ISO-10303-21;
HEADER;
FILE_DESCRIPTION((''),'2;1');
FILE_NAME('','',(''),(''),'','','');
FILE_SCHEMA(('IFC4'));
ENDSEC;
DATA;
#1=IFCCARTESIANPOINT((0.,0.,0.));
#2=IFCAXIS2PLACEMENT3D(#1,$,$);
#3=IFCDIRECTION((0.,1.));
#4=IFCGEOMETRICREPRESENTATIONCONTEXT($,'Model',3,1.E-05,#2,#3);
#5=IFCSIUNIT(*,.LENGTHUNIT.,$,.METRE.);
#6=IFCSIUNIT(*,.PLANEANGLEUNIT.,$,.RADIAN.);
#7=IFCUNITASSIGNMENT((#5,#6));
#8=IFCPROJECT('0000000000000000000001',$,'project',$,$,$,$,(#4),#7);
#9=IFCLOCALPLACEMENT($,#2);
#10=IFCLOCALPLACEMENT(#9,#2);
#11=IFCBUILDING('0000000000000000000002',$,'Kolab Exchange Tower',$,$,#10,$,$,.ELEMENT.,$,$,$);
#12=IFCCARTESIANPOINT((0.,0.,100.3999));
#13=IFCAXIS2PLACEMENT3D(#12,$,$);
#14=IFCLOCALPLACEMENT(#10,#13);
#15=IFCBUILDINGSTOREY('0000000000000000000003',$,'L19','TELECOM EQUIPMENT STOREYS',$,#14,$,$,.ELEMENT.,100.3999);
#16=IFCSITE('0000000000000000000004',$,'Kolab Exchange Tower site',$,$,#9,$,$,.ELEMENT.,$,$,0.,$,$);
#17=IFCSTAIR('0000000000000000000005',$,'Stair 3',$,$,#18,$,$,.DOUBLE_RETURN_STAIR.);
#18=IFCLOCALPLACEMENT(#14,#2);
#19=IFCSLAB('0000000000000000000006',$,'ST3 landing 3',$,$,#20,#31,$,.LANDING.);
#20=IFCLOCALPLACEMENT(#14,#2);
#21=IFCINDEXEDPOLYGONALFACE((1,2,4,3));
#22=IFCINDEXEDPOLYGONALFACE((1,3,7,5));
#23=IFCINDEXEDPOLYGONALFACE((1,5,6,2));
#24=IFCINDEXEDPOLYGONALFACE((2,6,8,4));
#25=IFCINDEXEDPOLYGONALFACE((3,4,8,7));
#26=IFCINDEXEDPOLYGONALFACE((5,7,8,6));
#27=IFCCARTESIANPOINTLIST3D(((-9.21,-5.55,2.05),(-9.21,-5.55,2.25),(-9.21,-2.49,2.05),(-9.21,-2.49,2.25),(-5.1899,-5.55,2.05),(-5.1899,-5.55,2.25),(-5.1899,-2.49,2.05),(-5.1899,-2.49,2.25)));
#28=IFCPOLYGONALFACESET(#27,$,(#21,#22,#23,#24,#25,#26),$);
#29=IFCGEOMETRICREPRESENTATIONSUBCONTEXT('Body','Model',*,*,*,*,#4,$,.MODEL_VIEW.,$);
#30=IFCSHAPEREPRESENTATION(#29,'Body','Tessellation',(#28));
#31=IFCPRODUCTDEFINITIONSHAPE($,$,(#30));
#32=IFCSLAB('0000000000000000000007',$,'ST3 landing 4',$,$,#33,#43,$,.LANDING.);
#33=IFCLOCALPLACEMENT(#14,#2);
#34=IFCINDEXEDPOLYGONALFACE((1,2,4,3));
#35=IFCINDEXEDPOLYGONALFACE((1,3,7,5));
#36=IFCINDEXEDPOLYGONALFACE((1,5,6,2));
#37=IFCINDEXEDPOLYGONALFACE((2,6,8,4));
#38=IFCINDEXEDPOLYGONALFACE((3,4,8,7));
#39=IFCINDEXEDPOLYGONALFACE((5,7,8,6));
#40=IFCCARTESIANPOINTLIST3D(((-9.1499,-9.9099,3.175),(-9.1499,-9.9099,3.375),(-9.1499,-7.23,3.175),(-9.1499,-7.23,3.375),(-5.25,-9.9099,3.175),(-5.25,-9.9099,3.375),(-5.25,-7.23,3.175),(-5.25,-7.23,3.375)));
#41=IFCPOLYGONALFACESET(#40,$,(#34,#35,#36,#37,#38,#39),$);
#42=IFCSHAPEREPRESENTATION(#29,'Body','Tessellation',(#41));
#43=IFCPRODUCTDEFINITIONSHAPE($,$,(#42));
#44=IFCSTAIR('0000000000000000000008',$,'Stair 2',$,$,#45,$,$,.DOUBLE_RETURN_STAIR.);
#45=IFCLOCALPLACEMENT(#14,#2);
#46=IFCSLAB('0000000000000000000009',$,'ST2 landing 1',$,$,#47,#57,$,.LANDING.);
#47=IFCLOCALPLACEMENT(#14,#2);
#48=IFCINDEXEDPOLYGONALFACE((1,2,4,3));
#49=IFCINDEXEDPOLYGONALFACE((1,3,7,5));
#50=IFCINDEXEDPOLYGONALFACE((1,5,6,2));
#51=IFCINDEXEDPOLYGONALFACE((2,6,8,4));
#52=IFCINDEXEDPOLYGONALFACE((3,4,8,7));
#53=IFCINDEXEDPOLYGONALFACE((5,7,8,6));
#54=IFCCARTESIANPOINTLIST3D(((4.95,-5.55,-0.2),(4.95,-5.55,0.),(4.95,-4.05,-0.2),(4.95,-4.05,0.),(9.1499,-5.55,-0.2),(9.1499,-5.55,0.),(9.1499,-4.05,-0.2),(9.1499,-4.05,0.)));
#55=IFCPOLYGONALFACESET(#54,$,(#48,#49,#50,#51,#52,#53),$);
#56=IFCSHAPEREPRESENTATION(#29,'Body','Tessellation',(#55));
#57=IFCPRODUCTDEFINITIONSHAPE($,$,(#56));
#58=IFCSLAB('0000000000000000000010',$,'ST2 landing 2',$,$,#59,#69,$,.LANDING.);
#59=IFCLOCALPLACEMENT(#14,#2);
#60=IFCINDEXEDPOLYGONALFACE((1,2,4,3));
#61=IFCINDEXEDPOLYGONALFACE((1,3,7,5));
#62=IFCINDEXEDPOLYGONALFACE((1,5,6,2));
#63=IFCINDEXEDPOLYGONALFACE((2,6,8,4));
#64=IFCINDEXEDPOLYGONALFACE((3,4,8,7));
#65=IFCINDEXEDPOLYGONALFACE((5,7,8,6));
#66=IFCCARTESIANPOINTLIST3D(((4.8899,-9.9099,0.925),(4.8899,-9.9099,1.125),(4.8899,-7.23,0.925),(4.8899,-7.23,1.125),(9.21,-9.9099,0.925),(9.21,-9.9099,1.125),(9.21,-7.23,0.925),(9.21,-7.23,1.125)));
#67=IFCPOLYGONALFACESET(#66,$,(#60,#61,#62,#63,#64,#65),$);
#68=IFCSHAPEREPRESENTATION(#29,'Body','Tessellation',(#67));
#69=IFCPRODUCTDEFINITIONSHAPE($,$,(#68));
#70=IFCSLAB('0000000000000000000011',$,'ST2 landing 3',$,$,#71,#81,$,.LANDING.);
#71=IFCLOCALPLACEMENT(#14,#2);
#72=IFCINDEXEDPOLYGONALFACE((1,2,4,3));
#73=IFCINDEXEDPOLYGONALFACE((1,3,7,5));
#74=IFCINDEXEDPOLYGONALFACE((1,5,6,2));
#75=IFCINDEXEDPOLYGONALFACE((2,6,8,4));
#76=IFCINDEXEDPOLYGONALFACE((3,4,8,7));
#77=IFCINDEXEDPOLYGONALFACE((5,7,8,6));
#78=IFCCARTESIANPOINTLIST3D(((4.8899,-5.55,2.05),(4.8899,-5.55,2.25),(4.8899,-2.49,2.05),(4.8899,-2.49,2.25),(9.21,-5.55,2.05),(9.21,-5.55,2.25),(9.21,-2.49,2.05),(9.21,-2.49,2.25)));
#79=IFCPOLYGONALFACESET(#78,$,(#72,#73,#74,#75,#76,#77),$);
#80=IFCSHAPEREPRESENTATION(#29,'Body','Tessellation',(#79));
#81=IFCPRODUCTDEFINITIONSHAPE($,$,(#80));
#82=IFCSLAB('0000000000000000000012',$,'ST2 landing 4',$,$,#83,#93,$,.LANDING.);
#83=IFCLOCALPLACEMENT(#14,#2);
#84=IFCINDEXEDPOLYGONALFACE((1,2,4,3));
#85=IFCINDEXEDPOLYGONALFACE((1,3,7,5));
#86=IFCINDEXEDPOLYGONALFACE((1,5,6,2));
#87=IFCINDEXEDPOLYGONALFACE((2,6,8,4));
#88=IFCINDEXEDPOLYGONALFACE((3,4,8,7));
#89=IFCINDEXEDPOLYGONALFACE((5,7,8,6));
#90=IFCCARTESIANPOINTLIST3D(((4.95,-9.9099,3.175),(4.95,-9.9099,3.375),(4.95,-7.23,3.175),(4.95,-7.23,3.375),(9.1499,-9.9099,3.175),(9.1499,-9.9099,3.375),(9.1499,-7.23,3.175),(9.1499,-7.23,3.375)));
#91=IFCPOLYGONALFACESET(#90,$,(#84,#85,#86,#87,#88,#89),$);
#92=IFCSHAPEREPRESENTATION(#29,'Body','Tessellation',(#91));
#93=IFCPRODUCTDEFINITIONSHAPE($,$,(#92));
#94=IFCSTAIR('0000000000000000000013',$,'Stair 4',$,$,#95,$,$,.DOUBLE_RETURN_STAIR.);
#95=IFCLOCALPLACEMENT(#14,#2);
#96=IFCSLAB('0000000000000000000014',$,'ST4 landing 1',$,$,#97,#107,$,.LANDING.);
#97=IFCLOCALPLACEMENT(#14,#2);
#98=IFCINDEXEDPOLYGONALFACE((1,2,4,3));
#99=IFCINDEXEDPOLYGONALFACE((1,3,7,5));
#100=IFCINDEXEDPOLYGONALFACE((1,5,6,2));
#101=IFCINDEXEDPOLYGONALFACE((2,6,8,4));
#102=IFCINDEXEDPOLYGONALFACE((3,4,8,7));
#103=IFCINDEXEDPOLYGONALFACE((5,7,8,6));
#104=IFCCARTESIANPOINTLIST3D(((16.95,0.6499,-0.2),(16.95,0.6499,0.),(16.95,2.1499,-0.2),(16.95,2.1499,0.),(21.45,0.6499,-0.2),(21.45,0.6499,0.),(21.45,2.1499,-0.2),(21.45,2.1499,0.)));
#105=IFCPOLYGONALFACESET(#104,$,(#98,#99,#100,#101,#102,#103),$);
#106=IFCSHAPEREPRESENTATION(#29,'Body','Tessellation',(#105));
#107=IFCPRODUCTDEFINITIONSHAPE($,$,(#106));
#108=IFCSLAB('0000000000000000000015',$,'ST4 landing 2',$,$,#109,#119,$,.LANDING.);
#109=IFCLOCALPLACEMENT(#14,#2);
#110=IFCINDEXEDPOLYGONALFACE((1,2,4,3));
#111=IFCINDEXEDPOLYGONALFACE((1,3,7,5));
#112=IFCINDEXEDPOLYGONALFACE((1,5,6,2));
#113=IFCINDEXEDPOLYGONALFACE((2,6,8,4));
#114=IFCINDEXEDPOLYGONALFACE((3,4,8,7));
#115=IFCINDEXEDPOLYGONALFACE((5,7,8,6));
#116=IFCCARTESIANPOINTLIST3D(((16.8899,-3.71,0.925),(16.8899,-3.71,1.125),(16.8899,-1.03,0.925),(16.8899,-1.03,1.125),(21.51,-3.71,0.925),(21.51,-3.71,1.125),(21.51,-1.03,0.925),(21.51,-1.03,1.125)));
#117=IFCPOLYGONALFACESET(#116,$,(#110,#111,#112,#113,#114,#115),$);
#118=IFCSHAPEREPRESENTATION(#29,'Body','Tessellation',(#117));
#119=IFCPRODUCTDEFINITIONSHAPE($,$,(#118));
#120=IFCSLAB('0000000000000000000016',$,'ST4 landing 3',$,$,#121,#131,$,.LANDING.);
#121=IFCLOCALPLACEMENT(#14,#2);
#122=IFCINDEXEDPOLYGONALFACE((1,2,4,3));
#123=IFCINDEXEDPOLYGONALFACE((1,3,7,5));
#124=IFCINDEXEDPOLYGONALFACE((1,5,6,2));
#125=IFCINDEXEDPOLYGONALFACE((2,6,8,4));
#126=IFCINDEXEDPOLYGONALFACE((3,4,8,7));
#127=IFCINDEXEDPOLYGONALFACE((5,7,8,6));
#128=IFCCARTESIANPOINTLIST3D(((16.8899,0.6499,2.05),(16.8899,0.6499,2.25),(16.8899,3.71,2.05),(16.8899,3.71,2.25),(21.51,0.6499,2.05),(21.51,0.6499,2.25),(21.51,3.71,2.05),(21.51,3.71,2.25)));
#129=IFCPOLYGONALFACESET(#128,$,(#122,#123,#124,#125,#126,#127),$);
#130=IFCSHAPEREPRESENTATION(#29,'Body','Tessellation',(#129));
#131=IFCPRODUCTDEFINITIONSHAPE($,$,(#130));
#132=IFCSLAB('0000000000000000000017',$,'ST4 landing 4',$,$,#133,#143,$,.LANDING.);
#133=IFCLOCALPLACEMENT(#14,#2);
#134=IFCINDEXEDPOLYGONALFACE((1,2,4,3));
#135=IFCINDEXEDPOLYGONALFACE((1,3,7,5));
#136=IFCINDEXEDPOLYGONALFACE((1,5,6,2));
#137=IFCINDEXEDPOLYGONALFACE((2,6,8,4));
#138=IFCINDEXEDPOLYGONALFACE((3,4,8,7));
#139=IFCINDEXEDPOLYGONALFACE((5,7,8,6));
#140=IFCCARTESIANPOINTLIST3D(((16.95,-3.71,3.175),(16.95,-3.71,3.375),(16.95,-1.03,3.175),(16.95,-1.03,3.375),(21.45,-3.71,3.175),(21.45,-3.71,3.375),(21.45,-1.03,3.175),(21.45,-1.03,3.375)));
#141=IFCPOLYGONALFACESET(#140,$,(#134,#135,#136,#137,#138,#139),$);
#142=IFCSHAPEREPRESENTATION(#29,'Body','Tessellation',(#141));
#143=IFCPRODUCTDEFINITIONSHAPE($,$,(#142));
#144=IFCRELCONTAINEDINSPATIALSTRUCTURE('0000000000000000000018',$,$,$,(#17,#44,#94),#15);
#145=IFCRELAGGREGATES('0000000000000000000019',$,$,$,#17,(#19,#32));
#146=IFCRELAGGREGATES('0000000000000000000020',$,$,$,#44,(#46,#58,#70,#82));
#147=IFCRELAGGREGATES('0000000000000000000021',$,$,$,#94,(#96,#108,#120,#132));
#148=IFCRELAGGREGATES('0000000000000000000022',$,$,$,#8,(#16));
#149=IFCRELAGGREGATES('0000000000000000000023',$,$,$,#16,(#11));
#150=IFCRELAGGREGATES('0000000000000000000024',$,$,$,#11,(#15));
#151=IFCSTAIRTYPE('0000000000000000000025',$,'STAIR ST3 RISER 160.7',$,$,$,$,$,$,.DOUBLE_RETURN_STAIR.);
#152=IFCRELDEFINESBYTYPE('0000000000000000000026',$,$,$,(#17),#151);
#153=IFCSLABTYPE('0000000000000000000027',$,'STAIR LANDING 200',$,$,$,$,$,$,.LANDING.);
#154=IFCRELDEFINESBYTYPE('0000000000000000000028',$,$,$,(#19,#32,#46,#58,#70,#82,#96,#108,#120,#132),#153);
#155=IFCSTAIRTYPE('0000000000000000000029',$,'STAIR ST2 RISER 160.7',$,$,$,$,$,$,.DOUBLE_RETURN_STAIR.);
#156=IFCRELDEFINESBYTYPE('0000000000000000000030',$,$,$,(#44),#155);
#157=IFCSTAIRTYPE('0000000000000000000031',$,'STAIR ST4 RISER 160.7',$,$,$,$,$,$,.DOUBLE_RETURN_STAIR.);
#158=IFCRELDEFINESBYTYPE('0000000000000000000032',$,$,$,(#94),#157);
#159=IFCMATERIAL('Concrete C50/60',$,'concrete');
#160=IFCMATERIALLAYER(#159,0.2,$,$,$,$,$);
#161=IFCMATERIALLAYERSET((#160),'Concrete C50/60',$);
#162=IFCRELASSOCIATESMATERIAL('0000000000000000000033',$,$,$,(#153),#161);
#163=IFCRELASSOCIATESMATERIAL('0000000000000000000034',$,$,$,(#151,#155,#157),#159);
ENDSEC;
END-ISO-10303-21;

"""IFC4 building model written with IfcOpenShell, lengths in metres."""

from ifc_helpers import new_model, si_unit, direction, frame, origin, place, context, subcontext, project, spatial, polyline, outline, extrude, material, layer, layer_set, type_object, element, aggregate, save


model = new_model("IFC4")

# Units and contexts
model_context = context("Model", 3, precision=1e-05, world=origin(), true_north=direction((0.0, 1.0)))
body_context = subcontext(model_context, "Body", "Model", "MODEL_VIEW")
ifc_project = project(units=[si_unit("LENGTHUNIT", "METRE"), si_unit("PLANEANGLEUNIT", "RADIAN")], contexts=[model_context])

# Site, building, storey
site_placement = place(None, origin())
site = spatial("IfcSite", under=ifc_project, at=site_placement, Name="Kolab Exchange Tower site", CompositionType="ELEMENT", RefElevation=0.0)
building_placement = place(site_placement, origin())
building = spatial("IfcBuilding", under=site, at=building_placement, Name="Kolab Exchange Tower", CompositionType="ELEMENT")
storey_placement = place(building_placement, frame((0.0, 0.0, 100.3999)))
storey = spatial("IfcBuildingStorey", under=building, at=storey_placement, Name="L19", Description="TELECOM EQUIPMENT STOREYS", CompositionType="ELEMENT", Elevation=100.3999)

# Stairs, slabs
ifc_material_1 = material(Name="Concrete C50/60", Category="concrete")
ifc_layer_1 = layer(ifc_material_1, 0.2)
ifc_layer_set_1 = layer_set([ifc_layer_1], Name="Concrete C50/60")
slab_type_1 = type_object("IfcSlabType", Name="STAIR LANDING 200", PredefinedType="LANDING", material=ifc_layer_set_1)
stair_type_1 = type_object("IfcStairType", Name="STAIR ST3 RISER 160.7", PredefinedType="DOUBLE_RETURN_STAIR", material=ifc_material_1)
stair_1_placement = place(storey_placement, origin())
stair_1 = element("IfcStair", 1, at=stair_1_placement, inside=storey, type_object=stair_type_1, Name="Stair 3", PredefinedType="DOUBLE_RETURN_STAIR")
slab_1_placement = place(storey_placement, frame((0.0, 0.0, 2.05)))
slab_1 = element("IfcSlab", 2, at=slab_1_placement, type_object=slab_type_1, Name="ST3 landing 3", PredefinedType="LANDING", context=body_context, shape_type="SweptSolid", body=[
    extrude(outline(polyline([(-9.21, -5.55), (-5.1899, -5.55), (-5.1899, -2.49), (-9.21, -2.49), (-9.21, -5.55)])), origin(), (0.0, 0.0, 1.0), 0.2),
])
slab_2_placement = place(storey_placement, frame((0.0, 0.0, 3.175)))
slab_2 = element("IfcSlab", 3, at=slab_2_placement, type_object=slab_type_1, Name="ST3 landing 4", PredefinedType="LANDING", context=body_context, shape_type="SweptSolid", body=[
    extrude(outline(polyline([(-9.1499, -9.9099), (-5.25, -9.9099), (-5.25, -7.23), (-9.1499, -7.23), (-9.1499, -9.9099)])), origin(), (0.0, 0.0, 1.0), 0.2),
])
aggregate(stair_1, [slab_1, slab_2])
stair_type_2 = type_object("IfcStairType", Name="STAIR ST2 RISER 160.7", PredefinedType="DOUBLE_RETURN_STAIR", material=ifc_material_1)
stair_2_placement = place(storey_placement, origin())
stair_2 = element("IfcStair", 4, at=stair_2_placement, inside=storey, type_object=stair_type_2, Name="Stair 2", PredefinedType="DOUBLE_RETURN_STAIR")
slab_3_placement = place(storey_placement, frame((0.0, 0.0, -0.2)))
slab_3 = element("IfcSlab", 5, at=slab_3_placement, type_object=slab_type_1, Name="ST2 landing 1", PredefinedType="LANDING", context=body_context, shape_type="SweptSolid", body=[
    extrude(outline(polyline([(4.95, -5.55), (9.1499, -5.55), (9.1499, -4.05), (4.95, -4.05), (4.95, -5.55)])), origin(), (0.0, 0.0, 1.0), 0.2),
])
slab_4_placement = place(storey_placement, frame((0.0, 0.0, 0.925)))
slab_4 = element("IfcSlab", 6, at=slab_4_placement, type_object=slab_type_1, Name="ST2 landing 2", PredefinedType="LANDING", context=body_context, shape_type="SweptSolid", body=[
    extrude(outline(polyline([(4.8899, -9.9099), (9.21, -9.9099), (9.21, -7.23), (4.8899, -7.23), (4.8899, -9.9099)])), origin(), (0.0, 0.0, 1.0), 0.2),
])
slab_5_placement = place(storey_placement, frame((0.0, 0.0, 2.05)))
slab_5 = element("IfcSlab", 7, at=slab_5_placement, type_object=slab_type_1, Name="ST2 landing 3", PredefinedType="LANDING", context=body_context, shape_type="SweptSolid", body=[
    extrude(outline(polyline([(4.8899, -5.55), (9.21, -5.55), (9.21, -2.49), (4.8899, -2.49), (4.8899, -5.55)])), origin(), (0.0, 0.0, 1.0), 0.2),
])
slab_6_placement = place(storey_placement, frame((0.0, 0.0, 3.175)))
slab_6 = element("IfcSlab", 8, at=slab_6_placement, type_object=slab_type_1, Name="ST2 landing 4", PredefinedType="LANDING", context=body_context, shape_type="SweptSolid", body=[
    extrude(outline(polyline([(4.95, -9.9099), (9.1499, -9.9099), (9.1499, -7.23), (4.95, -7.23), (4.95, -9.9099)])), origin(), (0.0, 0.0, 1.0), 0.2),
])
aggregate(stair_2, [slab_3, slab_4, slab_5, slab_6])
stair_type_3 = type_object("IfcStairType", Name="STAIR ST4 RISER 160.7", PredefinedType="DOUBLE_RETURN_STAIR", material=ifc_material_1)
stair_3_placement = place(storey_placement, origin())
stair_3 = element("IfcStair", 9, at=stair_3_placement, inside=storey, type_object=stair_type_3, Name="Stair 4", PredefinedType="DOUBLE_RETURN_STAIR")
slab_7_placement = place(storey_placement, frame((0.0, 0.0, -0.2)))
slab_7 = element("IfcSlab", 10, at=slab_7_placement, type_object=slab_type_1, Name="ST4 landing 1", PredefinedType="LANDING", context=body_context, shape_type="SweptSolid", body=[
    extrude(outline(polyline([(16.95, 0.6499), (21.45, 0.6499), (21.45, 2.1499), (16.95, 2.1499), (16.95, 0.6499)])), origin(), (0.0, 0.0, 1.0), 0.2),
])
slab_8_placement = place(storey_placement, frame((0.0, 0.0, 0.925)))
slab_8 = element("IfcSlab", 11, at=slab_8_placement, type_object=slab_type_1, Name="ST4 landing 2", PredefinedType="LANDING", context=body_context, shape_type="SweptSolid", body=[
    extrude(outline(polyline([(16.8899, -3.71), (21.51, -3.71), (21.51, -1.03), (16.8899, -1.03), (16.8899, -3.71)])), origin(), (0.0, 0.0, 1.0), 0.2),
])
slab_9_placement = place(storey_placement, frame((0.0, 0.0, 2.05)))
slab_9 = element("IfcSlab", 12, at=slab_9_placement, type_object=slab_type_1, Name="ST4 landing 3", PredefinedType="LANDING", context=body_context, shape_type="SweptSolid", body=[
    extrude(outline(polyline([(16.8899, 0.6499), (21.51, 0.6499), (21.51, 3.71), (16.8899, 3.71), (16.8899, 0.6499)])), origin(), (0.0, 0.0, 1.0), 0.2),
])
slab_10_placement = place(storey_placement, frame((0.0, 0.0, 3.175)))
slab_10 = element("IfcSlab", 13, at=slab_10_placement, type_object=slab_type_1, Name="ST4 landing 4", PredefinedType="LANDING", context=body_context, shape_type="SweptSolid", body=[
    extrude(outline(polyline([(16.95, -3.71), (21.45, -3.71), (21.45, -1.03), (16.95, -1.03), (16.95, -3.71)])), origin(), (0.0, 0.0, 1.0), 0.2),
])
aggregate(stair_3, [slab_7, slab_8, slab_9, slab_10])

save(model, "model.ifc")
